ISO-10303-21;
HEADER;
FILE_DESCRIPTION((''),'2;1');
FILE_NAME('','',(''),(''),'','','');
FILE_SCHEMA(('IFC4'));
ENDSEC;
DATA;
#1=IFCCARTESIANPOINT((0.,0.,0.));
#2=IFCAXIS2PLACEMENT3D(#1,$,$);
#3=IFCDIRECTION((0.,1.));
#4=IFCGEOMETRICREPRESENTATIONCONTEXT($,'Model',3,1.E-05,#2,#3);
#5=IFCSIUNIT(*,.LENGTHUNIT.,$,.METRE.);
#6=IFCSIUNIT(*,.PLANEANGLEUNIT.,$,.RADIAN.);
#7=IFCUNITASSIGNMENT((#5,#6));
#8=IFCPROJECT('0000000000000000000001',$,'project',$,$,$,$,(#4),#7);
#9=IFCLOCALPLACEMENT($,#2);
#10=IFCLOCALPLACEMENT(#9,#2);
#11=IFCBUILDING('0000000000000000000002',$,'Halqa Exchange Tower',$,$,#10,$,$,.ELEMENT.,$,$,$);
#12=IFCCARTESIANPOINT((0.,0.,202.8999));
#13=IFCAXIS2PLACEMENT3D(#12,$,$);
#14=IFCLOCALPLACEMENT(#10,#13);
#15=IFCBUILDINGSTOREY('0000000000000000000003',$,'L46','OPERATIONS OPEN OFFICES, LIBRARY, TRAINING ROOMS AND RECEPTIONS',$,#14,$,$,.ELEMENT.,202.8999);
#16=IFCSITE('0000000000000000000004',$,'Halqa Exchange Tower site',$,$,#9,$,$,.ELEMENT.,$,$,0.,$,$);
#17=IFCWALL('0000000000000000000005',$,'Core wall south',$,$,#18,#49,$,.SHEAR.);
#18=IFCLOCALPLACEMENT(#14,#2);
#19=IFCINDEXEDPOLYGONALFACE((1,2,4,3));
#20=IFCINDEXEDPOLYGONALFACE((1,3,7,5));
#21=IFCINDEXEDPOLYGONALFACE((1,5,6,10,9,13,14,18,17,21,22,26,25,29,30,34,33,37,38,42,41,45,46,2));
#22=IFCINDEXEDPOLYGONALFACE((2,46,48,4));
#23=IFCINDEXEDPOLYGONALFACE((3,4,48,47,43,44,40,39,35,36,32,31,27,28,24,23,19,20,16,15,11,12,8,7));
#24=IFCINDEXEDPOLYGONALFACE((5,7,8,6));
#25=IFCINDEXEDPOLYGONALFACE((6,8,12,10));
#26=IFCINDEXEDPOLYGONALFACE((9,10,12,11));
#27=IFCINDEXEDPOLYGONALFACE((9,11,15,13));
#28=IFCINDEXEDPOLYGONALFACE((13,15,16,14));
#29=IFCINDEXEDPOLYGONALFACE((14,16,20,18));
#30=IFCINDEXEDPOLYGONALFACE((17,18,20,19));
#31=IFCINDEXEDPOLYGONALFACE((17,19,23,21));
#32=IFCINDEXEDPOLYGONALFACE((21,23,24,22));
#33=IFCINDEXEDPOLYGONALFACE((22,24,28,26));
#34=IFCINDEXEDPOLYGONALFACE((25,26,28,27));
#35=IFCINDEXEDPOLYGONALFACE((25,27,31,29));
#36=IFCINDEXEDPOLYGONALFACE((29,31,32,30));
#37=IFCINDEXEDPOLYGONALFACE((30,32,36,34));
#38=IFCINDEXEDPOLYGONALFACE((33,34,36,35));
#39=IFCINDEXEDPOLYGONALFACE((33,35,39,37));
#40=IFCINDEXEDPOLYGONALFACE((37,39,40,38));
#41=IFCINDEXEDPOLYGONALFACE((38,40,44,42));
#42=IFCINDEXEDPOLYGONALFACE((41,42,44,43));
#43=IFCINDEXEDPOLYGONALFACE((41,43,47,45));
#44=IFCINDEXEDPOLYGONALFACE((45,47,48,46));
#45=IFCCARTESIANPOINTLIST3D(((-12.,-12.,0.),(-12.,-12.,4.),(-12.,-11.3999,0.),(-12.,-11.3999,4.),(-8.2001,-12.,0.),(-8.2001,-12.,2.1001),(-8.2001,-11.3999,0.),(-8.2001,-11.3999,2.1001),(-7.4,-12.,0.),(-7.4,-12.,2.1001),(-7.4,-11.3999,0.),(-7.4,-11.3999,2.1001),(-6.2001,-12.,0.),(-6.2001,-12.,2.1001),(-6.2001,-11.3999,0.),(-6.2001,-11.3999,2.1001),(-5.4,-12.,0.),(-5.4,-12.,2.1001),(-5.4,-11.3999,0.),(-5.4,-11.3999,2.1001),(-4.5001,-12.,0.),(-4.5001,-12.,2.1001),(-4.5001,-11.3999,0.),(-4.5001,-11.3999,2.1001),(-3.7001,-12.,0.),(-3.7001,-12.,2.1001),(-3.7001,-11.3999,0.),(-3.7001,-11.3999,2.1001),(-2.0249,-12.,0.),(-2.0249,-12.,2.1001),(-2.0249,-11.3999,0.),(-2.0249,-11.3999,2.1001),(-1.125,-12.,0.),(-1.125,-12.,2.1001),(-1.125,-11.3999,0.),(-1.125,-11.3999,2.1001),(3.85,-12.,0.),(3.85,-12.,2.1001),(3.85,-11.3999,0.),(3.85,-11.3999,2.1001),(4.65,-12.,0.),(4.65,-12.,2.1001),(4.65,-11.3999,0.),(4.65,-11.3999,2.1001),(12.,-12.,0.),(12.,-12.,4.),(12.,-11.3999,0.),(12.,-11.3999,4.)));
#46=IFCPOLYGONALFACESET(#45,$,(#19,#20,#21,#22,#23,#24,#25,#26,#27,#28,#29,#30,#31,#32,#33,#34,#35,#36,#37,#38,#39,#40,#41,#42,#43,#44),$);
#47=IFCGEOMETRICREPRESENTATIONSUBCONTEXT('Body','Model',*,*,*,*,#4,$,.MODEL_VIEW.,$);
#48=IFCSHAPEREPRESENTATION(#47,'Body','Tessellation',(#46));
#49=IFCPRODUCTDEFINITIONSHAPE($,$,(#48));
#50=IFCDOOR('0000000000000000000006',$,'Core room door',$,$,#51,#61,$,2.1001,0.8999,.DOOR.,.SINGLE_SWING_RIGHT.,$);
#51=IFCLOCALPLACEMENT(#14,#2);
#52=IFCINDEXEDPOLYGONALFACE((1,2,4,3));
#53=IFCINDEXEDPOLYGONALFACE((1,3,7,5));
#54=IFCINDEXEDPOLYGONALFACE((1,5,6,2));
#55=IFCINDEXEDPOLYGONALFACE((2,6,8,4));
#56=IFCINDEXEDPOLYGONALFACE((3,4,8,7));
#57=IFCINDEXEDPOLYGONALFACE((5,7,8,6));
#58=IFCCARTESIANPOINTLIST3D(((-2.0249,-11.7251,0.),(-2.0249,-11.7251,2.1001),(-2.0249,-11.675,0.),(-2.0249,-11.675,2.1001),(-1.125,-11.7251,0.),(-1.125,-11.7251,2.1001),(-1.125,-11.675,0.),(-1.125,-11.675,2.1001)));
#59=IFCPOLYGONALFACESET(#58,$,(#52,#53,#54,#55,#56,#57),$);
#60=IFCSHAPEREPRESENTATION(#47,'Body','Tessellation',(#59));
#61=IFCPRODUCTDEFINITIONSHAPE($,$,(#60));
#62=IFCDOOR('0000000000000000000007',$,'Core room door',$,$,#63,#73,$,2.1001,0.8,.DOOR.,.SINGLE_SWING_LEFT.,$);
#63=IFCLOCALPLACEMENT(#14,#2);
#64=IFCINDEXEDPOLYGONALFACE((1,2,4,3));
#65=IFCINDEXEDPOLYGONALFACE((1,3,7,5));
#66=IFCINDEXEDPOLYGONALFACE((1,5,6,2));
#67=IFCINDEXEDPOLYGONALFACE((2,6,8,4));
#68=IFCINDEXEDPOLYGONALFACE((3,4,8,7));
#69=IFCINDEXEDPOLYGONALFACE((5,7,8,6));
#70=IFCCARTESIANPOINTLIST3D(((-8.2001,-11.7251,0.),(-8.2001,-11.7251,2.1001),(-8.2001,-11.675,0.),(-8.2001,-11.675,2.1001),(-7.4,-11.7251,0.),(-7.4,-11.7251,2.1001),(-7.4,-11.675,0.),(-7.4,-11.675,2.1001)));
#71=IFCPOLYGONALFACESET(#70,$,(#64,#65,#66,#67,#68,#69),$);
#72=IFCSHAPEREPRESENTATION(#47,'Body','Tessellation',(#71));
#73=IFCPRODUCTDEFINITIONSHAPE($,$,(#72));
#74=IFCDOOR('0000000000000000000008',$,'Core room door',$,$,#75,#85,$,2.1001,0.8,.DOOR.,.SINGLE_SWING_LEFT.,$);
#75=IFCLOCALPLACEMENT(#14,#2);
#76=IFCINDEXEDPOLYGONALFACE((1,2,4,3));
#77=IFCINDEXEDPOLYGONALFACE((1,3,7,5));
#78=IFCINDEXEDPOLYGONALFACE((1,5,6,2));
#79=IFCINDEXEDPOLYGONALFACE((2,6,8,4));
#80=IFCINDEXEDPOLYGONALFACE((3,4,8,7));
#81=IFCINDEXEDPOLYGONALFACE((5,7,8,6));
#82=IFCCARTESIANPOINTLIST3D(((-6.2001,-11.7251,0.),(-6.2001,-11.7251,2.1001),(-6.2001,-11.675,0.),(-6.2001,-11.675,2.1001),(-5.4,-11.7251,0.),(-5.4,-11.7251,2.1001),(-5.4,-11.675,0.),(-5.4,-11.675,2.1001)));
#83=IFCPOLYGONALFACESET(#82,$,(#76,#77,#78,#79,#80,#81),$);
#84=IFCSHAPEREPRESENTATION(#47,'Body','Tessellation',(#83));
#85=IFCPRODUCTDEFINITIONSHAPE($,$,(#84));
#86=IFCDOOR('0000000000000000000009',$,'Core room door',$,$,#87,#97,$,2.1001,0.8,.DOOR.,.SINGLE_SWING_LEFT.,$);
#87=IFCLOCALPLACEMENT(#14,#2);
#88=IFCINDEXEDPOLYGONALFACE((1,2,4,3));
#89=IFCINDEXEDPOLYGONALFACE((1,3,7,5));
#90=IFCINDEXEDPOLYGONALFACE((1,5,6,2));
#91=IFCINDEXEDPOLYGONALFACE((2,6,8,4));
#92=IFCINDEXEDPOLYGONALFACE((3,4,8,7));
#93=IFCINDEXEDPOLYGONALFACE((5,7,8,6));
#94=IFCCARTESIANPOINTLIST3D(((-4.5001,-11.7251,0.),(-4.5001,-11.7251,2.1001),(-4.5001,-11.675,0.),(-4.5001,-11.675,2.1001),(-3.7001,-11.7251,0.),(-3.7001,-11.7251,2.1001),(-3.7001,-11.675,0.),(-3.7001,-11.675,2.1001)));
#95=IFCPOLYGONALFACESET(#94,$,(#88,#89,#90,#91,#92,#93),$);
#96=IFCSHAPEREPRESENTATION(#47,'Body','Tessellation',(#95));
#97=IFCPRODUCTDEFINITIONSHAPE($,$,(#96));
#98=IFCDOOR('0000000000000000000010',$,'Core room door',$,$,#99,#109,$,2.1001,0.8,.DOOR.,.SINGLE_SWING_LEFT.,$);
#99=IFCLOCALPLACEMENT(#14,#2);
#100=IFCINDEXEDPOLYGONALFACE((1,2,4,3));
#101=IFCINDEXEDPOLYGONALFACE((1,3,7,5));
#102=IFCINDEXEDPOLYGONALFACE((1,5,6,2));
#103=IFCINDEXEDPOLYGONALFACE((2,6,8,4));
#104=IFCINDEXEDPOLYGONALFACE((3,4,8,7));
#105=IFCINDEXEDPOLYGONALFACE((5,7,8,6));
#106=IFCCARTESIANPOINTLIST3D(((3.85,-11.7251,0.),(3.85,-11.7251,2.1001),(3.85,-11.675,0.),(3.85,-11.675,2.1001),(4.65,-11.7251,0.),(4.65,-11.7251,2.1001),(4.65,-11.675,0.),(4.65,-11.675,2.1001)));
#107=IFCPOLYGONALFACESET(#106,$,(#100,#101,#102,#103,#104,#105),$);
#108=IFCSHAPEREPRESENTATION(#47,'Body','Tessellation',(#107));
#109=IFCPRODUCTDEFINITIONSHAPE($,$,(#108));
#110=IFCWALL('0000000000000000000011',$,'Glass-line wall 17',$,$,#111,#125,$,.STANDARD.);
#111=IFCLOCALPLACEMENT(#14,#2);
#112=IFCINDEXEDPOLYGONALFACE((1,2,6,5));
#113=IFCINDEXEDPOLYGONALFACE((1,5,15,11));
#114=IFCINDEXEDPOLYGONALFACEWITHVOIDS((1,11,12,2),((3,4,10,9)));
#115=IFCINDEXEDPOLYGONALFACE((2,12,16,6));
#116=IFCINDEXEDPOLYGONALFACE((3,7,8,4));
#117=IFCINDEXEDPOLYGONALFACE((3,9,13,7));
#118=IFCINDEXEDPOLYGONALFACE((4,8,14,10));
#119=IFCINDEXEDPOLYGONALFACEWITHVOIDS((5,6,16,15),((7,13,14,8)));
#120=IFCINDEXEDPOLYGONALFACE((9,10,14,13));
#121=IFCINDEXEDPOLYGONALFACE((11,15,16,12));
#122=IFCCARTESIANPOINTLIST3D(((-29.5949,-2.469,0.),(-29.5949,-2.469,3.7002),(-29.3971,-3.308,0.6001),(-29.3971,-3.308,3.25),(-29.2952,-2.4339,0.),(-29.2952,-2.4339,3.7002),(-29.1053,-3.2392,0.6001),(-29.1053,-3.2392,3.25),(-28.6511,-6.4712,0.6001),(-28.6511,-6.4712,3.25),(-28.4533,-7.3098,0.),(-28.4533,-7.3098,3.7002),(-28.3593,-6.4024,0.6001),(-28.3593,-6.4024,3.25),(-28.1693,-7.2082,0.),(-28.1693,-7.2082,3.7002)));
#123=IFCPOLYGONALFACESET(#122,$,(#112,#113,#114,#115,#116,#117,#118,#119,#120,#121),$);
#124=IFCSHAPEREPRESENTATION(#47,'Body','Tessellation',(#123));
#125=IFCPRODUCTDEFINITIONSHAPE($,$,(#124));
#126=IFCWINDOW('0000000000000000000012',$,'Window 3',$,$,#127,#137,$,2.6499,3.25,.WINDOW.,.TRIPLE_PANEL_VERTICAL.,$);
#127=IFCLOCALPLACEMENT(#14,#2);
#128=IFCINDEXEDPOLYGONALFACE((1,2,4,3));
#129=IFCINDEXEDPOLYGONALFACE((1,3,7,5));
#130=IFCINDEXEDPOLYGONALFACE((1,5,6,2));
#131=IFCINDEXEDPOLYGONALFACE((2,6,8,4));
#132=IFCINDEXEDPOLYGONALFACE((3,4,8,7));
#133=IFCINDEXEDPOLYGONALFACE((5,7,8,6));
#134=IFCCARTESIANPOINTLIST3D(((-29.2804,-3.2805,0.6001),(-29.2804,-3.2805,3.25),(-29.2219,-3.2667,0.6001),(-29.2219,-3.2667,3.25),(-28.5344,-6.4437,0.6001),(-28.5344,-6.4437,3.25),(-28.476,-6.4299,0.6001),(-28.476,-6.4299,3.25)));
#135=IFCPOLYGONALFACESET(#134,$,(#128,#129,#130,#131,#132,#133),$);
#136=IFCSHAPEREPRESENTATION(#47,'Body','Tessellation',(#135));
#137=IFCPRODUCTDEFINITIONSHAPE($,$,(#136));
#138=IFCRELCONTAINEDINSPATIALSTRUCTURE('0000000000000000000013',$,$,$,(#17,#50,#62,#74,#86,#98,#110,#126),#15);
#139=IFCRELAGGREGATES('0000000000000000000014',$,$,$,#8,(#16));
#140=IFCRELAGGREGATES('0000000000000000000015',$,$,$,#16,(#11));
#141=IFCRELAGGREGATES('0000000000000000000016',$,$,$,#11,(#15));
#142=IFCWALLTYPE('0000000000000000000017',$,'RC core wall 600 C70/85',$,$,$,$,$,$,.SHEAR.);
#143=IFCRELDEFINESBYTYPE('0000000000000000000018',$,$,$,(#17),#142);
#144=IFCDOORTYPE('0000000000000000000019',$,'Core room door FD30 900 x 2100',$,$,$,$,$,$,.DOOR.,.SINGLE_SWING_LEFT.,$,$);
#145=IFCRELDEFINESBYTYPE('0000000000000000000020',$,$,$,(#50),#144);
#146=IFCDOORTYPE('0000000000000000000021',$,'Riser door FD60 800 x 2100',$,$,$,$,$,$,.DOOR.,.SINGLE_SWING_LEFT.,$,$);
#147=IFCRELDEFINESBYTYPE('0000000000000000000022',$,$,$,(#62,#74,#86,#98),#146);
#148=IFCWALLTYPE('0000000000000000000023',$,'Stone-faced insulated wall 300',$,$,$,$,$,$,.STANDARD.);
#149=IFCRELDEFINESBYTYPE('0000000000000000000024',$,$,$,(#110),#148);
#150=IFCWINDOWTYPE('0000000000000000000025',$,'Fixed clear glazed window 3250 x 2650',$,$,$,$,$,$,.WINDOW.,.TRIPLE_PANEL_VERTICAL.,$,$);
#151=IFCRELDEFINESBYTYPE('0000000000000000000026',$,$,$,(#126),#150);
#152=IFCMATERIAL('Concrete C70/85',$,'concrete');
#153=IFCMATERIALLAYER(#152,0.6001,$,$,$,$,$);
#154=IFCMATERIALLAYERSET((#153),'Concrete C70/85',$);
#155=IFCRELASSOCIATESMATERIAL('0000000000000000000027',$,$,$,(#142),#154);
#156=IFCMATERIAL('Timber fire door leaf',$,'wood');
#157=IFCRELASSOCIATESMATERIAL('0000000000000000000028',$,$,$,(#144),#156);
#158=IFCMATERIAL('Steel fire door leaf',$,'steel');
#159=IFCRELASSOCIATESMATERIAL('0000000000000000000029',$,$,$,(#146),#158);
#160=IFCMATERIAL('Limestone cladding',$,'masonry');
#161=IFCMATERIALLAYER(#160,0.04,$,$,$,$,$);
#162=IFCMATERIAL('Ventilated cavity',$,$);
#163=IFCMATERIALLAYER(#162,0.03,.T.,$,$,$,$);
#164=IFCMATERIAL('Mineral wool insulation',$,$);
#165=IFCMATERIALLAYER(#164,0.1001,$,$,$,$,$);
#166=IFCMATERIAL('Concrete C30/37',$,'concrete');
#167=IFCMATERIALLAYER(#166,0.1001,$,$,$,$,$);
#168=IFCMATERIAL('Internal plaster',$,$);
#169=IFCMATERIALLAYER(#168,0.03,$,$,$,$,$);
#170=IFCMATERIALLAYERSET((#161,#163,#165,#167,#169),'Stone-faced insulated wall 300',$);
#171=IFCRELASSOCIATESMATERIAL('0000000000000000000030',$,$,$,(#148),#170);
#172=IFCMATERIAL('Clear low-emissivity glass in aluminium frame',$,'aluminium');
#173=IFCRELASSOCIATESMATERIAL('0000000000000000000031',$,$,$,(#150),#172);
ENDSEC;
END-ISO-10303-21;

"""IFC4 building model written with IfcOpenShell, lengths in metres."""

from ifc_helpers import new_model, si_unit, direction, frame, frame_2d, origin, place, context, subcontext, project, spatial, polyline, rectangle, outline, extrude, material, layer, layer_set, type_object, element, fill, save


model = new_model("IFC4")

# Units and contexts
model_context = context("Model", 3, precision=1e-05, world=origin(), true_north=direction((0.0, 1.0)))
body_context = subcontext(model_context, "Body", "Model", "MODEL_VIEW")
ifc_project = project(units=[si_unit("LENGTHUNIT", "METRE"), si_unit("PLANEANGLEUNIT", "RADIAN")], contexts=[model_context])

# Site, building, storey
site_placement = place(None, origin())
site = spatial("IfcSite", under=ifc_project, at=site_placement, Name="Halqa Exchange Tower site", CompositionType="ELEMENT", RefElevation=0.0)
building_placement = place(site_placement, origin())
building = spatial("IfcBuilding", under=site, at=building_placement, Name="Halqa Exchange Tower", CompositionType="ELEMENT")
storey_placement = place(building_placement, frame((0.0, 0.0, 202.8999)))
storey = spatial("IfcBuildingStorey", under=building, at=storey_placement, Name="L46", Description="OPERATIONS OPEN OFFICES, LIBRARY, TRAINING ROOMS AND RECEPTIONS", CompositionType="ELEMENT", Elevation=202.8999)

# Wall, openings, doors
ifc_material_1 = material(Name="Concrete C70/85", Category="concrete")
ifc_layer_1 = layer(ifc_material_1, 0.6001)
ifc_layer_set_1 = layer_set([ifc_layer_1], Name="Concrete C70/85")
wall_type_1 = type_object("IfcWallType", Name="RC core wall 600 C70/85", PredefinedType="SHEAR", material=ifc_layer_set_1)
wall_1_placement = place(storey_placement, frame((-12.0, -11.7, 0.0), z_axis=(0.0, 0.0, 1.0), x_axis=(1.0, 0.0, 0.0)))
wall_1 = element("IfcWall", 1, at=wall_1_placement, inside=storey, type_object=wall_type_1, Name="Core wall south", PredefinedType="SHEAR", context=body_context, shape_type="SweptSolid", body=[
    extrude(rectangle(XDim=24.0, YDim=0.6001, at=frame_2d((12.0, 0.0))), origin(), (0.0, 0.0, 1.0), 4.0),
])
opening_1_placement = place(wall_1_placement, frame((9.9751, 0.0, 0.0)))
opening_1 = element("IfcOpeningElement", 2, at=opening_1_placement, cuts=wall_1, PredefinedType="OPENING", context=body_context, shape_type="SweptSolid", body=[
    extrude(rectangle(XDim=0.8999, YDim=2.1001, at=frame_2d((0.45, 1.05))), frame((0.0, 0.312, 0.0), z_axis=(0.0, -1.0, 0.0), x_axis=(1.0, 0.0, 0.0)), (0.0, 0.0, 1.0), 0.624),
])
opening_2_placement = place(wall_1_placement, frame((3.8, 0.0, 0.0)))
opening_2 = element("IfcOpeningElement", 3, at=opening_2_placement, cuts=wall_1, PredefinedType="OPENING", context=body_context, shape_type="SweptSolid", body=[
    extrude(rectangle(XDim=0.8, YDim=2.1001, at=frame_2d((0.3999, 1.05))), frame((0.0, 0.312, 0.0), z_axis=(0.0, -1.0, 0.0), x_axis=(1.0, 0.0, 0.0)), (0.0, 0.0, 1.0), 0.624),
])
opening_3_placement = place(wall_1_placement, frame((5.8, 0.0, 0.0)))
opening_3 = element("IfcOpeningElement", 4, at=opening_3_placement, cuts=wall_1, PredefinedType="OPENING", context=body_context, shape_type="SweptSolid", body=[
    extrude(rectangle(XDim=0.8, YDim=2.1001, at=frame_2d((0.3999, 1.05))), frame((0.0, 0.312, 0.0), z_axis=(0.0, -1.0, 0.0), x_axis=(1.0, 0.0, 0.0)), (0.0, 0.0, 1.0), 0.624),
])
opening_4_placement = place(wall_1_placement, frame((7.5, 0.0, 0.0)))
opening_4 = element("IfcOpeningElement", 5, at=opening_4_placement, cuts=wall_1, PredefinedType="OPENING", context=body_context, shape_type="SweptSolid", body=[
    extrude(rectangle(XDim=0.8, YDim=2.1001, at=frame_2d((0.3999, 1.05))), frame((0.0, 0.312, 0.0), z_axis=(0.0, -1.0, 0.0), x_axis=(1.0, 0.0, 0.0)), (0.0, 0.0, 1.0), 0.624),
])
opening_5_placement = place(wall_1_placement, frame((15.8501, 0.0, 0.0)))
opening_5 = element("IfcOpeningElement", 6, at=opening_5_placement, cuts=wall_1, PredefinedType="OPENING", context=body_context, shape_type="SweptSolid", body=[
    extrude(rectangle(XDim=0.8, YDim=2.1001, at=frame_2d((0.3999, 1.05))), frame((0.0, 0.312, 0.0), z_axis=(0.0, -1.0, 0.0), x_axis=(1.0, 0.0, 0.0)), (0.0, 0.0, 1.0), 0.624),
])
ifc_material_2 = material(Name="Timber fire door leaf", Category="wood")
door_type_1 = type_object("IfcDoorType", Name="Core room door FD30 900 x 2100", OperationType="SINGLE_SWING_LEFT", PredefinedType="DOOR", material=ifc_material_2)
door_1_placement = place(opening_1_placement, origin())
door_1 = element("IfcDoor", 7, at=door_1_placement, inside=storey, type_object=door_type_1, Name="Core room door", OperationType="SINGLE_SWING_RIGHT", OverallHeight=2.1001, OverallWidth=0.8999, PredefinedType="DOOR", context=body_context, shape_type="SweptSolid", body=[
    extrude(rectangle(XDim=0.8999, YDim=2.1001, at=frame_2d((0.45, 1.05))), frame((0.0, 0.0249, 0.0), z_axis=(0.0, -1.0, 0.0), x_axis=(1.0, 0.0, 0.0)), (0.0, 0.0, 1.0), 0.05),
])
fill(opening_1, door_1)
ifc_material_3 = material(Name="Steel fire door leaf", Category="steel")
door_type_2 = type_object("IfcDoorType", Name="Riser door FD60 800 x 2100", OperationType="SINGLE_SWING_LEFT", PredefinedType="DOOR", material=ifc_material_3)
door_2_placement = place(opening_2_placement, origin())
door_2 = element("IfcDoor", 8, at=door_2_placement, inside=storey, type_object=door_type_2, Name="Core room door", OperationType="SINGLE_SWING_LEFT", OverallHeight=2.1001, OverallWidth=0.8, PredefinedType="DOOR", context=body_context, shape_type="SweptSolid", body=[
    extrude(rectangle(XDim=0.8, YDim=2.1001, at=frame_2d((0.3999, 1.05))), frame((0.0, 0.0249, 0.0), z_axis=(0.0, -1.0, 0.0), x_axis=(1.0, 0.0, 0.0)), (0.0, 0.0, 1.0), 0.05),
])
fill(opening_2, door_2)
door_3_placement = place(opening_3_placement, origin())
door_3 = element("IfcDoor", 9, at=door_3_placement, inside=storey, type_object=door_type_2, Name="Core room door", OperationType="SINGLE_SWING_LEFT", OverallHeight=2.1001, OverallWidth=0.8, PredefinedType="DOOR", context=body_context, shape_type="SweptSolid", body=[
    extrude(rectangle(XDim=0.8, YDim=2.1001, at=frame_2d((0.3999, 1.05))), frame((0.0, 0.0249, 0.0), z_axis=(0.0, -1.0, 0.0), x_axis=(1.0, 0.0, 0.0)), (0.0, 0.0, 1.0), 0.05),
])
fill(opening_3, door_3)
door_4_placement = place(opening_4_placement, origin())
door_4 = element("IfcDoor", 10, at=door_4_placement, inside=storey, type_object=door_type_2, Name="Core room door", OperationType="SINGLE_SWING_LEFT", OverallHeight=2.1001, OverallWidth=0.8, PredefinedType="DOOR", context=body_context, shape_type="SweptSolid", body=[
    extrude(rectangle(XDim=0.8, YDim=2.1001, at=frame_2d((0.3999, 1.05))), frame((0.0, 0.0249, 0.0), z_axis=(0.0, -1.0, 0.0), x_axis=(1.0, 0.0, 0.0)), (0.0, 0.0, 1.0), 0.05),
])
fill(opening_4, door_4)
door_5_placement = place(opening_5_placement, origin())
door_5 = element("IfcDoor", 11, at=door_5_placement, inside=storey, type_object=door_type_2, Name="Core room door", OperationType="SINGLE_SWING_LEFT", OverallHeight=2.1001, OverallWidth=0.8, PredefinedType="DOOR", context=body_context, shape_type="SweptSolid", body=[
    extrude(rectangle(XDim=0.8, YDim=2.1001, at=frame_2d((0.3999, 1.05))), frame((0.0, 0.0249, 0.0), z_axis=(0.0, -1.0, 0.0), x_axis=(1.0, 0.0, 0.0)), (0.0, 0.0, 1.0), 0.05),
])
fill(opening_5, door_5)

# Wall, opening, window
ifc_material_4 = material(Name="Limestone cladding", Category="masonry")
ifc_layer_2 = layer(ifc_material_4, 0.04)
ifc_material_5 = material(Name="Ventilated cavity")
ifc_layer_3 = layer(ifc_material_5, 0.03, ventilated=True)
ifc_material_6 = material(Name="Mineral wool insulation")
ifc_layer_4 = layer(ifc_material_6, 0.1001)
ifc_material_7 = material(Name="Concrete C30/37", Category="concrete")
ifc_layer_5 = layer(ifc_material_7, 0.1001)
ifc_material_8 = material(Name="Internal plaster")
ifc_layer_6 = layer(ifc_material_8, 0.03)
ifc_layer_set_2 = layer_set([ifc_layer_2, ifc_layer_3, ifc_layer_4, ifc_layer_5, ifc_layer_6], Name="Stone-faced insulated wall 300")
wall_type_2 = type_object("IfcWallType", Name="Stone-faced insulated wall 300", PredefinedType="STANDARD", material=ifc_layer_set_2)
wall_2_placement = place(storey_placement, frame((-29.4451, -2.4514, 0.0), z_axis=(0.0, 0.0, 1.0), x_axis=(0.229535, -0.9733, 0.0)))
wall_2 = element("IfcWall", 12, at=wall_2_placement, inside=storey, type_object=wall_type_2, Name="Glass-line wall 17", PredefinedType="STANDARD", context=body_context, shape_type="SweptSolid", body=[
    extrude(outline(polyline([(-0.0173, -0.1499), (4.9563, -0.1499), (4.9226, 0.1499), (0.0173, 0.1499), (-0.0173, -0.1499)])), origin(), (0.0, 0.0, 1.0), 3.7002),
])
opening_6_placement = place(wall_2_placement, frame((0.8447, 0.0, 0.6001)))
opening_6 = element("IfcOpeningElement", 13, at=opening_6_placement, cuts=wall_2, PredefinedType="OPENING", context=body_context, shape_type="SweptSolid", body=[
    extrude(rectangle(XDim=3.25, YDim=2.6499, at=frame_2d((1.625, 1.325))), frame((0.0, 0.1621, 0.0), z_axis=(0.0, -1.0, 0.0), x_axis=(1.0, 0.0, 0.0)), (0.0, 0.0, 1.0), 0.324),
])
ifc_material_9 = material(Name="Clear low-emissivity glass in aluminium frame", Category="aluminium")
window_type = type_object("IfcWindowType", Name="Fixed clear glazed window 3250 x 2650", PartitioningType="TRIPLE_PANEL_VERTICAL", PredefinedType="WINDOW", material=ifc_material_9)
window_1_placement = place(opening_6_placement, origin())
window_1 = element("IfcWindow", 14, at=window_1_placement, inside=storey, type_object=window_type, Name="Window 3", OverallHeight=2.6499, OverallWidth=3.25, PartitioningType="TRIPLE_PANEL_VERTICAL", PredefinedType="WINDOW", context=body_context, shape_type="SweptSolid", body=[
    extrude(rectangle(XDim=3.25, YDim=2.6499, at=frame_2d((1.625, 1.325))), frame((0.0, 0.03, 0.0), z_axis=(0.0, -1.0, 0.0), x_axis=(1.0, 0.0, 0.0)), (0.0, 0.0, 1.0), 0.0601),
])
fill(opening_6, window_1)

save(model, "model.ifc")
